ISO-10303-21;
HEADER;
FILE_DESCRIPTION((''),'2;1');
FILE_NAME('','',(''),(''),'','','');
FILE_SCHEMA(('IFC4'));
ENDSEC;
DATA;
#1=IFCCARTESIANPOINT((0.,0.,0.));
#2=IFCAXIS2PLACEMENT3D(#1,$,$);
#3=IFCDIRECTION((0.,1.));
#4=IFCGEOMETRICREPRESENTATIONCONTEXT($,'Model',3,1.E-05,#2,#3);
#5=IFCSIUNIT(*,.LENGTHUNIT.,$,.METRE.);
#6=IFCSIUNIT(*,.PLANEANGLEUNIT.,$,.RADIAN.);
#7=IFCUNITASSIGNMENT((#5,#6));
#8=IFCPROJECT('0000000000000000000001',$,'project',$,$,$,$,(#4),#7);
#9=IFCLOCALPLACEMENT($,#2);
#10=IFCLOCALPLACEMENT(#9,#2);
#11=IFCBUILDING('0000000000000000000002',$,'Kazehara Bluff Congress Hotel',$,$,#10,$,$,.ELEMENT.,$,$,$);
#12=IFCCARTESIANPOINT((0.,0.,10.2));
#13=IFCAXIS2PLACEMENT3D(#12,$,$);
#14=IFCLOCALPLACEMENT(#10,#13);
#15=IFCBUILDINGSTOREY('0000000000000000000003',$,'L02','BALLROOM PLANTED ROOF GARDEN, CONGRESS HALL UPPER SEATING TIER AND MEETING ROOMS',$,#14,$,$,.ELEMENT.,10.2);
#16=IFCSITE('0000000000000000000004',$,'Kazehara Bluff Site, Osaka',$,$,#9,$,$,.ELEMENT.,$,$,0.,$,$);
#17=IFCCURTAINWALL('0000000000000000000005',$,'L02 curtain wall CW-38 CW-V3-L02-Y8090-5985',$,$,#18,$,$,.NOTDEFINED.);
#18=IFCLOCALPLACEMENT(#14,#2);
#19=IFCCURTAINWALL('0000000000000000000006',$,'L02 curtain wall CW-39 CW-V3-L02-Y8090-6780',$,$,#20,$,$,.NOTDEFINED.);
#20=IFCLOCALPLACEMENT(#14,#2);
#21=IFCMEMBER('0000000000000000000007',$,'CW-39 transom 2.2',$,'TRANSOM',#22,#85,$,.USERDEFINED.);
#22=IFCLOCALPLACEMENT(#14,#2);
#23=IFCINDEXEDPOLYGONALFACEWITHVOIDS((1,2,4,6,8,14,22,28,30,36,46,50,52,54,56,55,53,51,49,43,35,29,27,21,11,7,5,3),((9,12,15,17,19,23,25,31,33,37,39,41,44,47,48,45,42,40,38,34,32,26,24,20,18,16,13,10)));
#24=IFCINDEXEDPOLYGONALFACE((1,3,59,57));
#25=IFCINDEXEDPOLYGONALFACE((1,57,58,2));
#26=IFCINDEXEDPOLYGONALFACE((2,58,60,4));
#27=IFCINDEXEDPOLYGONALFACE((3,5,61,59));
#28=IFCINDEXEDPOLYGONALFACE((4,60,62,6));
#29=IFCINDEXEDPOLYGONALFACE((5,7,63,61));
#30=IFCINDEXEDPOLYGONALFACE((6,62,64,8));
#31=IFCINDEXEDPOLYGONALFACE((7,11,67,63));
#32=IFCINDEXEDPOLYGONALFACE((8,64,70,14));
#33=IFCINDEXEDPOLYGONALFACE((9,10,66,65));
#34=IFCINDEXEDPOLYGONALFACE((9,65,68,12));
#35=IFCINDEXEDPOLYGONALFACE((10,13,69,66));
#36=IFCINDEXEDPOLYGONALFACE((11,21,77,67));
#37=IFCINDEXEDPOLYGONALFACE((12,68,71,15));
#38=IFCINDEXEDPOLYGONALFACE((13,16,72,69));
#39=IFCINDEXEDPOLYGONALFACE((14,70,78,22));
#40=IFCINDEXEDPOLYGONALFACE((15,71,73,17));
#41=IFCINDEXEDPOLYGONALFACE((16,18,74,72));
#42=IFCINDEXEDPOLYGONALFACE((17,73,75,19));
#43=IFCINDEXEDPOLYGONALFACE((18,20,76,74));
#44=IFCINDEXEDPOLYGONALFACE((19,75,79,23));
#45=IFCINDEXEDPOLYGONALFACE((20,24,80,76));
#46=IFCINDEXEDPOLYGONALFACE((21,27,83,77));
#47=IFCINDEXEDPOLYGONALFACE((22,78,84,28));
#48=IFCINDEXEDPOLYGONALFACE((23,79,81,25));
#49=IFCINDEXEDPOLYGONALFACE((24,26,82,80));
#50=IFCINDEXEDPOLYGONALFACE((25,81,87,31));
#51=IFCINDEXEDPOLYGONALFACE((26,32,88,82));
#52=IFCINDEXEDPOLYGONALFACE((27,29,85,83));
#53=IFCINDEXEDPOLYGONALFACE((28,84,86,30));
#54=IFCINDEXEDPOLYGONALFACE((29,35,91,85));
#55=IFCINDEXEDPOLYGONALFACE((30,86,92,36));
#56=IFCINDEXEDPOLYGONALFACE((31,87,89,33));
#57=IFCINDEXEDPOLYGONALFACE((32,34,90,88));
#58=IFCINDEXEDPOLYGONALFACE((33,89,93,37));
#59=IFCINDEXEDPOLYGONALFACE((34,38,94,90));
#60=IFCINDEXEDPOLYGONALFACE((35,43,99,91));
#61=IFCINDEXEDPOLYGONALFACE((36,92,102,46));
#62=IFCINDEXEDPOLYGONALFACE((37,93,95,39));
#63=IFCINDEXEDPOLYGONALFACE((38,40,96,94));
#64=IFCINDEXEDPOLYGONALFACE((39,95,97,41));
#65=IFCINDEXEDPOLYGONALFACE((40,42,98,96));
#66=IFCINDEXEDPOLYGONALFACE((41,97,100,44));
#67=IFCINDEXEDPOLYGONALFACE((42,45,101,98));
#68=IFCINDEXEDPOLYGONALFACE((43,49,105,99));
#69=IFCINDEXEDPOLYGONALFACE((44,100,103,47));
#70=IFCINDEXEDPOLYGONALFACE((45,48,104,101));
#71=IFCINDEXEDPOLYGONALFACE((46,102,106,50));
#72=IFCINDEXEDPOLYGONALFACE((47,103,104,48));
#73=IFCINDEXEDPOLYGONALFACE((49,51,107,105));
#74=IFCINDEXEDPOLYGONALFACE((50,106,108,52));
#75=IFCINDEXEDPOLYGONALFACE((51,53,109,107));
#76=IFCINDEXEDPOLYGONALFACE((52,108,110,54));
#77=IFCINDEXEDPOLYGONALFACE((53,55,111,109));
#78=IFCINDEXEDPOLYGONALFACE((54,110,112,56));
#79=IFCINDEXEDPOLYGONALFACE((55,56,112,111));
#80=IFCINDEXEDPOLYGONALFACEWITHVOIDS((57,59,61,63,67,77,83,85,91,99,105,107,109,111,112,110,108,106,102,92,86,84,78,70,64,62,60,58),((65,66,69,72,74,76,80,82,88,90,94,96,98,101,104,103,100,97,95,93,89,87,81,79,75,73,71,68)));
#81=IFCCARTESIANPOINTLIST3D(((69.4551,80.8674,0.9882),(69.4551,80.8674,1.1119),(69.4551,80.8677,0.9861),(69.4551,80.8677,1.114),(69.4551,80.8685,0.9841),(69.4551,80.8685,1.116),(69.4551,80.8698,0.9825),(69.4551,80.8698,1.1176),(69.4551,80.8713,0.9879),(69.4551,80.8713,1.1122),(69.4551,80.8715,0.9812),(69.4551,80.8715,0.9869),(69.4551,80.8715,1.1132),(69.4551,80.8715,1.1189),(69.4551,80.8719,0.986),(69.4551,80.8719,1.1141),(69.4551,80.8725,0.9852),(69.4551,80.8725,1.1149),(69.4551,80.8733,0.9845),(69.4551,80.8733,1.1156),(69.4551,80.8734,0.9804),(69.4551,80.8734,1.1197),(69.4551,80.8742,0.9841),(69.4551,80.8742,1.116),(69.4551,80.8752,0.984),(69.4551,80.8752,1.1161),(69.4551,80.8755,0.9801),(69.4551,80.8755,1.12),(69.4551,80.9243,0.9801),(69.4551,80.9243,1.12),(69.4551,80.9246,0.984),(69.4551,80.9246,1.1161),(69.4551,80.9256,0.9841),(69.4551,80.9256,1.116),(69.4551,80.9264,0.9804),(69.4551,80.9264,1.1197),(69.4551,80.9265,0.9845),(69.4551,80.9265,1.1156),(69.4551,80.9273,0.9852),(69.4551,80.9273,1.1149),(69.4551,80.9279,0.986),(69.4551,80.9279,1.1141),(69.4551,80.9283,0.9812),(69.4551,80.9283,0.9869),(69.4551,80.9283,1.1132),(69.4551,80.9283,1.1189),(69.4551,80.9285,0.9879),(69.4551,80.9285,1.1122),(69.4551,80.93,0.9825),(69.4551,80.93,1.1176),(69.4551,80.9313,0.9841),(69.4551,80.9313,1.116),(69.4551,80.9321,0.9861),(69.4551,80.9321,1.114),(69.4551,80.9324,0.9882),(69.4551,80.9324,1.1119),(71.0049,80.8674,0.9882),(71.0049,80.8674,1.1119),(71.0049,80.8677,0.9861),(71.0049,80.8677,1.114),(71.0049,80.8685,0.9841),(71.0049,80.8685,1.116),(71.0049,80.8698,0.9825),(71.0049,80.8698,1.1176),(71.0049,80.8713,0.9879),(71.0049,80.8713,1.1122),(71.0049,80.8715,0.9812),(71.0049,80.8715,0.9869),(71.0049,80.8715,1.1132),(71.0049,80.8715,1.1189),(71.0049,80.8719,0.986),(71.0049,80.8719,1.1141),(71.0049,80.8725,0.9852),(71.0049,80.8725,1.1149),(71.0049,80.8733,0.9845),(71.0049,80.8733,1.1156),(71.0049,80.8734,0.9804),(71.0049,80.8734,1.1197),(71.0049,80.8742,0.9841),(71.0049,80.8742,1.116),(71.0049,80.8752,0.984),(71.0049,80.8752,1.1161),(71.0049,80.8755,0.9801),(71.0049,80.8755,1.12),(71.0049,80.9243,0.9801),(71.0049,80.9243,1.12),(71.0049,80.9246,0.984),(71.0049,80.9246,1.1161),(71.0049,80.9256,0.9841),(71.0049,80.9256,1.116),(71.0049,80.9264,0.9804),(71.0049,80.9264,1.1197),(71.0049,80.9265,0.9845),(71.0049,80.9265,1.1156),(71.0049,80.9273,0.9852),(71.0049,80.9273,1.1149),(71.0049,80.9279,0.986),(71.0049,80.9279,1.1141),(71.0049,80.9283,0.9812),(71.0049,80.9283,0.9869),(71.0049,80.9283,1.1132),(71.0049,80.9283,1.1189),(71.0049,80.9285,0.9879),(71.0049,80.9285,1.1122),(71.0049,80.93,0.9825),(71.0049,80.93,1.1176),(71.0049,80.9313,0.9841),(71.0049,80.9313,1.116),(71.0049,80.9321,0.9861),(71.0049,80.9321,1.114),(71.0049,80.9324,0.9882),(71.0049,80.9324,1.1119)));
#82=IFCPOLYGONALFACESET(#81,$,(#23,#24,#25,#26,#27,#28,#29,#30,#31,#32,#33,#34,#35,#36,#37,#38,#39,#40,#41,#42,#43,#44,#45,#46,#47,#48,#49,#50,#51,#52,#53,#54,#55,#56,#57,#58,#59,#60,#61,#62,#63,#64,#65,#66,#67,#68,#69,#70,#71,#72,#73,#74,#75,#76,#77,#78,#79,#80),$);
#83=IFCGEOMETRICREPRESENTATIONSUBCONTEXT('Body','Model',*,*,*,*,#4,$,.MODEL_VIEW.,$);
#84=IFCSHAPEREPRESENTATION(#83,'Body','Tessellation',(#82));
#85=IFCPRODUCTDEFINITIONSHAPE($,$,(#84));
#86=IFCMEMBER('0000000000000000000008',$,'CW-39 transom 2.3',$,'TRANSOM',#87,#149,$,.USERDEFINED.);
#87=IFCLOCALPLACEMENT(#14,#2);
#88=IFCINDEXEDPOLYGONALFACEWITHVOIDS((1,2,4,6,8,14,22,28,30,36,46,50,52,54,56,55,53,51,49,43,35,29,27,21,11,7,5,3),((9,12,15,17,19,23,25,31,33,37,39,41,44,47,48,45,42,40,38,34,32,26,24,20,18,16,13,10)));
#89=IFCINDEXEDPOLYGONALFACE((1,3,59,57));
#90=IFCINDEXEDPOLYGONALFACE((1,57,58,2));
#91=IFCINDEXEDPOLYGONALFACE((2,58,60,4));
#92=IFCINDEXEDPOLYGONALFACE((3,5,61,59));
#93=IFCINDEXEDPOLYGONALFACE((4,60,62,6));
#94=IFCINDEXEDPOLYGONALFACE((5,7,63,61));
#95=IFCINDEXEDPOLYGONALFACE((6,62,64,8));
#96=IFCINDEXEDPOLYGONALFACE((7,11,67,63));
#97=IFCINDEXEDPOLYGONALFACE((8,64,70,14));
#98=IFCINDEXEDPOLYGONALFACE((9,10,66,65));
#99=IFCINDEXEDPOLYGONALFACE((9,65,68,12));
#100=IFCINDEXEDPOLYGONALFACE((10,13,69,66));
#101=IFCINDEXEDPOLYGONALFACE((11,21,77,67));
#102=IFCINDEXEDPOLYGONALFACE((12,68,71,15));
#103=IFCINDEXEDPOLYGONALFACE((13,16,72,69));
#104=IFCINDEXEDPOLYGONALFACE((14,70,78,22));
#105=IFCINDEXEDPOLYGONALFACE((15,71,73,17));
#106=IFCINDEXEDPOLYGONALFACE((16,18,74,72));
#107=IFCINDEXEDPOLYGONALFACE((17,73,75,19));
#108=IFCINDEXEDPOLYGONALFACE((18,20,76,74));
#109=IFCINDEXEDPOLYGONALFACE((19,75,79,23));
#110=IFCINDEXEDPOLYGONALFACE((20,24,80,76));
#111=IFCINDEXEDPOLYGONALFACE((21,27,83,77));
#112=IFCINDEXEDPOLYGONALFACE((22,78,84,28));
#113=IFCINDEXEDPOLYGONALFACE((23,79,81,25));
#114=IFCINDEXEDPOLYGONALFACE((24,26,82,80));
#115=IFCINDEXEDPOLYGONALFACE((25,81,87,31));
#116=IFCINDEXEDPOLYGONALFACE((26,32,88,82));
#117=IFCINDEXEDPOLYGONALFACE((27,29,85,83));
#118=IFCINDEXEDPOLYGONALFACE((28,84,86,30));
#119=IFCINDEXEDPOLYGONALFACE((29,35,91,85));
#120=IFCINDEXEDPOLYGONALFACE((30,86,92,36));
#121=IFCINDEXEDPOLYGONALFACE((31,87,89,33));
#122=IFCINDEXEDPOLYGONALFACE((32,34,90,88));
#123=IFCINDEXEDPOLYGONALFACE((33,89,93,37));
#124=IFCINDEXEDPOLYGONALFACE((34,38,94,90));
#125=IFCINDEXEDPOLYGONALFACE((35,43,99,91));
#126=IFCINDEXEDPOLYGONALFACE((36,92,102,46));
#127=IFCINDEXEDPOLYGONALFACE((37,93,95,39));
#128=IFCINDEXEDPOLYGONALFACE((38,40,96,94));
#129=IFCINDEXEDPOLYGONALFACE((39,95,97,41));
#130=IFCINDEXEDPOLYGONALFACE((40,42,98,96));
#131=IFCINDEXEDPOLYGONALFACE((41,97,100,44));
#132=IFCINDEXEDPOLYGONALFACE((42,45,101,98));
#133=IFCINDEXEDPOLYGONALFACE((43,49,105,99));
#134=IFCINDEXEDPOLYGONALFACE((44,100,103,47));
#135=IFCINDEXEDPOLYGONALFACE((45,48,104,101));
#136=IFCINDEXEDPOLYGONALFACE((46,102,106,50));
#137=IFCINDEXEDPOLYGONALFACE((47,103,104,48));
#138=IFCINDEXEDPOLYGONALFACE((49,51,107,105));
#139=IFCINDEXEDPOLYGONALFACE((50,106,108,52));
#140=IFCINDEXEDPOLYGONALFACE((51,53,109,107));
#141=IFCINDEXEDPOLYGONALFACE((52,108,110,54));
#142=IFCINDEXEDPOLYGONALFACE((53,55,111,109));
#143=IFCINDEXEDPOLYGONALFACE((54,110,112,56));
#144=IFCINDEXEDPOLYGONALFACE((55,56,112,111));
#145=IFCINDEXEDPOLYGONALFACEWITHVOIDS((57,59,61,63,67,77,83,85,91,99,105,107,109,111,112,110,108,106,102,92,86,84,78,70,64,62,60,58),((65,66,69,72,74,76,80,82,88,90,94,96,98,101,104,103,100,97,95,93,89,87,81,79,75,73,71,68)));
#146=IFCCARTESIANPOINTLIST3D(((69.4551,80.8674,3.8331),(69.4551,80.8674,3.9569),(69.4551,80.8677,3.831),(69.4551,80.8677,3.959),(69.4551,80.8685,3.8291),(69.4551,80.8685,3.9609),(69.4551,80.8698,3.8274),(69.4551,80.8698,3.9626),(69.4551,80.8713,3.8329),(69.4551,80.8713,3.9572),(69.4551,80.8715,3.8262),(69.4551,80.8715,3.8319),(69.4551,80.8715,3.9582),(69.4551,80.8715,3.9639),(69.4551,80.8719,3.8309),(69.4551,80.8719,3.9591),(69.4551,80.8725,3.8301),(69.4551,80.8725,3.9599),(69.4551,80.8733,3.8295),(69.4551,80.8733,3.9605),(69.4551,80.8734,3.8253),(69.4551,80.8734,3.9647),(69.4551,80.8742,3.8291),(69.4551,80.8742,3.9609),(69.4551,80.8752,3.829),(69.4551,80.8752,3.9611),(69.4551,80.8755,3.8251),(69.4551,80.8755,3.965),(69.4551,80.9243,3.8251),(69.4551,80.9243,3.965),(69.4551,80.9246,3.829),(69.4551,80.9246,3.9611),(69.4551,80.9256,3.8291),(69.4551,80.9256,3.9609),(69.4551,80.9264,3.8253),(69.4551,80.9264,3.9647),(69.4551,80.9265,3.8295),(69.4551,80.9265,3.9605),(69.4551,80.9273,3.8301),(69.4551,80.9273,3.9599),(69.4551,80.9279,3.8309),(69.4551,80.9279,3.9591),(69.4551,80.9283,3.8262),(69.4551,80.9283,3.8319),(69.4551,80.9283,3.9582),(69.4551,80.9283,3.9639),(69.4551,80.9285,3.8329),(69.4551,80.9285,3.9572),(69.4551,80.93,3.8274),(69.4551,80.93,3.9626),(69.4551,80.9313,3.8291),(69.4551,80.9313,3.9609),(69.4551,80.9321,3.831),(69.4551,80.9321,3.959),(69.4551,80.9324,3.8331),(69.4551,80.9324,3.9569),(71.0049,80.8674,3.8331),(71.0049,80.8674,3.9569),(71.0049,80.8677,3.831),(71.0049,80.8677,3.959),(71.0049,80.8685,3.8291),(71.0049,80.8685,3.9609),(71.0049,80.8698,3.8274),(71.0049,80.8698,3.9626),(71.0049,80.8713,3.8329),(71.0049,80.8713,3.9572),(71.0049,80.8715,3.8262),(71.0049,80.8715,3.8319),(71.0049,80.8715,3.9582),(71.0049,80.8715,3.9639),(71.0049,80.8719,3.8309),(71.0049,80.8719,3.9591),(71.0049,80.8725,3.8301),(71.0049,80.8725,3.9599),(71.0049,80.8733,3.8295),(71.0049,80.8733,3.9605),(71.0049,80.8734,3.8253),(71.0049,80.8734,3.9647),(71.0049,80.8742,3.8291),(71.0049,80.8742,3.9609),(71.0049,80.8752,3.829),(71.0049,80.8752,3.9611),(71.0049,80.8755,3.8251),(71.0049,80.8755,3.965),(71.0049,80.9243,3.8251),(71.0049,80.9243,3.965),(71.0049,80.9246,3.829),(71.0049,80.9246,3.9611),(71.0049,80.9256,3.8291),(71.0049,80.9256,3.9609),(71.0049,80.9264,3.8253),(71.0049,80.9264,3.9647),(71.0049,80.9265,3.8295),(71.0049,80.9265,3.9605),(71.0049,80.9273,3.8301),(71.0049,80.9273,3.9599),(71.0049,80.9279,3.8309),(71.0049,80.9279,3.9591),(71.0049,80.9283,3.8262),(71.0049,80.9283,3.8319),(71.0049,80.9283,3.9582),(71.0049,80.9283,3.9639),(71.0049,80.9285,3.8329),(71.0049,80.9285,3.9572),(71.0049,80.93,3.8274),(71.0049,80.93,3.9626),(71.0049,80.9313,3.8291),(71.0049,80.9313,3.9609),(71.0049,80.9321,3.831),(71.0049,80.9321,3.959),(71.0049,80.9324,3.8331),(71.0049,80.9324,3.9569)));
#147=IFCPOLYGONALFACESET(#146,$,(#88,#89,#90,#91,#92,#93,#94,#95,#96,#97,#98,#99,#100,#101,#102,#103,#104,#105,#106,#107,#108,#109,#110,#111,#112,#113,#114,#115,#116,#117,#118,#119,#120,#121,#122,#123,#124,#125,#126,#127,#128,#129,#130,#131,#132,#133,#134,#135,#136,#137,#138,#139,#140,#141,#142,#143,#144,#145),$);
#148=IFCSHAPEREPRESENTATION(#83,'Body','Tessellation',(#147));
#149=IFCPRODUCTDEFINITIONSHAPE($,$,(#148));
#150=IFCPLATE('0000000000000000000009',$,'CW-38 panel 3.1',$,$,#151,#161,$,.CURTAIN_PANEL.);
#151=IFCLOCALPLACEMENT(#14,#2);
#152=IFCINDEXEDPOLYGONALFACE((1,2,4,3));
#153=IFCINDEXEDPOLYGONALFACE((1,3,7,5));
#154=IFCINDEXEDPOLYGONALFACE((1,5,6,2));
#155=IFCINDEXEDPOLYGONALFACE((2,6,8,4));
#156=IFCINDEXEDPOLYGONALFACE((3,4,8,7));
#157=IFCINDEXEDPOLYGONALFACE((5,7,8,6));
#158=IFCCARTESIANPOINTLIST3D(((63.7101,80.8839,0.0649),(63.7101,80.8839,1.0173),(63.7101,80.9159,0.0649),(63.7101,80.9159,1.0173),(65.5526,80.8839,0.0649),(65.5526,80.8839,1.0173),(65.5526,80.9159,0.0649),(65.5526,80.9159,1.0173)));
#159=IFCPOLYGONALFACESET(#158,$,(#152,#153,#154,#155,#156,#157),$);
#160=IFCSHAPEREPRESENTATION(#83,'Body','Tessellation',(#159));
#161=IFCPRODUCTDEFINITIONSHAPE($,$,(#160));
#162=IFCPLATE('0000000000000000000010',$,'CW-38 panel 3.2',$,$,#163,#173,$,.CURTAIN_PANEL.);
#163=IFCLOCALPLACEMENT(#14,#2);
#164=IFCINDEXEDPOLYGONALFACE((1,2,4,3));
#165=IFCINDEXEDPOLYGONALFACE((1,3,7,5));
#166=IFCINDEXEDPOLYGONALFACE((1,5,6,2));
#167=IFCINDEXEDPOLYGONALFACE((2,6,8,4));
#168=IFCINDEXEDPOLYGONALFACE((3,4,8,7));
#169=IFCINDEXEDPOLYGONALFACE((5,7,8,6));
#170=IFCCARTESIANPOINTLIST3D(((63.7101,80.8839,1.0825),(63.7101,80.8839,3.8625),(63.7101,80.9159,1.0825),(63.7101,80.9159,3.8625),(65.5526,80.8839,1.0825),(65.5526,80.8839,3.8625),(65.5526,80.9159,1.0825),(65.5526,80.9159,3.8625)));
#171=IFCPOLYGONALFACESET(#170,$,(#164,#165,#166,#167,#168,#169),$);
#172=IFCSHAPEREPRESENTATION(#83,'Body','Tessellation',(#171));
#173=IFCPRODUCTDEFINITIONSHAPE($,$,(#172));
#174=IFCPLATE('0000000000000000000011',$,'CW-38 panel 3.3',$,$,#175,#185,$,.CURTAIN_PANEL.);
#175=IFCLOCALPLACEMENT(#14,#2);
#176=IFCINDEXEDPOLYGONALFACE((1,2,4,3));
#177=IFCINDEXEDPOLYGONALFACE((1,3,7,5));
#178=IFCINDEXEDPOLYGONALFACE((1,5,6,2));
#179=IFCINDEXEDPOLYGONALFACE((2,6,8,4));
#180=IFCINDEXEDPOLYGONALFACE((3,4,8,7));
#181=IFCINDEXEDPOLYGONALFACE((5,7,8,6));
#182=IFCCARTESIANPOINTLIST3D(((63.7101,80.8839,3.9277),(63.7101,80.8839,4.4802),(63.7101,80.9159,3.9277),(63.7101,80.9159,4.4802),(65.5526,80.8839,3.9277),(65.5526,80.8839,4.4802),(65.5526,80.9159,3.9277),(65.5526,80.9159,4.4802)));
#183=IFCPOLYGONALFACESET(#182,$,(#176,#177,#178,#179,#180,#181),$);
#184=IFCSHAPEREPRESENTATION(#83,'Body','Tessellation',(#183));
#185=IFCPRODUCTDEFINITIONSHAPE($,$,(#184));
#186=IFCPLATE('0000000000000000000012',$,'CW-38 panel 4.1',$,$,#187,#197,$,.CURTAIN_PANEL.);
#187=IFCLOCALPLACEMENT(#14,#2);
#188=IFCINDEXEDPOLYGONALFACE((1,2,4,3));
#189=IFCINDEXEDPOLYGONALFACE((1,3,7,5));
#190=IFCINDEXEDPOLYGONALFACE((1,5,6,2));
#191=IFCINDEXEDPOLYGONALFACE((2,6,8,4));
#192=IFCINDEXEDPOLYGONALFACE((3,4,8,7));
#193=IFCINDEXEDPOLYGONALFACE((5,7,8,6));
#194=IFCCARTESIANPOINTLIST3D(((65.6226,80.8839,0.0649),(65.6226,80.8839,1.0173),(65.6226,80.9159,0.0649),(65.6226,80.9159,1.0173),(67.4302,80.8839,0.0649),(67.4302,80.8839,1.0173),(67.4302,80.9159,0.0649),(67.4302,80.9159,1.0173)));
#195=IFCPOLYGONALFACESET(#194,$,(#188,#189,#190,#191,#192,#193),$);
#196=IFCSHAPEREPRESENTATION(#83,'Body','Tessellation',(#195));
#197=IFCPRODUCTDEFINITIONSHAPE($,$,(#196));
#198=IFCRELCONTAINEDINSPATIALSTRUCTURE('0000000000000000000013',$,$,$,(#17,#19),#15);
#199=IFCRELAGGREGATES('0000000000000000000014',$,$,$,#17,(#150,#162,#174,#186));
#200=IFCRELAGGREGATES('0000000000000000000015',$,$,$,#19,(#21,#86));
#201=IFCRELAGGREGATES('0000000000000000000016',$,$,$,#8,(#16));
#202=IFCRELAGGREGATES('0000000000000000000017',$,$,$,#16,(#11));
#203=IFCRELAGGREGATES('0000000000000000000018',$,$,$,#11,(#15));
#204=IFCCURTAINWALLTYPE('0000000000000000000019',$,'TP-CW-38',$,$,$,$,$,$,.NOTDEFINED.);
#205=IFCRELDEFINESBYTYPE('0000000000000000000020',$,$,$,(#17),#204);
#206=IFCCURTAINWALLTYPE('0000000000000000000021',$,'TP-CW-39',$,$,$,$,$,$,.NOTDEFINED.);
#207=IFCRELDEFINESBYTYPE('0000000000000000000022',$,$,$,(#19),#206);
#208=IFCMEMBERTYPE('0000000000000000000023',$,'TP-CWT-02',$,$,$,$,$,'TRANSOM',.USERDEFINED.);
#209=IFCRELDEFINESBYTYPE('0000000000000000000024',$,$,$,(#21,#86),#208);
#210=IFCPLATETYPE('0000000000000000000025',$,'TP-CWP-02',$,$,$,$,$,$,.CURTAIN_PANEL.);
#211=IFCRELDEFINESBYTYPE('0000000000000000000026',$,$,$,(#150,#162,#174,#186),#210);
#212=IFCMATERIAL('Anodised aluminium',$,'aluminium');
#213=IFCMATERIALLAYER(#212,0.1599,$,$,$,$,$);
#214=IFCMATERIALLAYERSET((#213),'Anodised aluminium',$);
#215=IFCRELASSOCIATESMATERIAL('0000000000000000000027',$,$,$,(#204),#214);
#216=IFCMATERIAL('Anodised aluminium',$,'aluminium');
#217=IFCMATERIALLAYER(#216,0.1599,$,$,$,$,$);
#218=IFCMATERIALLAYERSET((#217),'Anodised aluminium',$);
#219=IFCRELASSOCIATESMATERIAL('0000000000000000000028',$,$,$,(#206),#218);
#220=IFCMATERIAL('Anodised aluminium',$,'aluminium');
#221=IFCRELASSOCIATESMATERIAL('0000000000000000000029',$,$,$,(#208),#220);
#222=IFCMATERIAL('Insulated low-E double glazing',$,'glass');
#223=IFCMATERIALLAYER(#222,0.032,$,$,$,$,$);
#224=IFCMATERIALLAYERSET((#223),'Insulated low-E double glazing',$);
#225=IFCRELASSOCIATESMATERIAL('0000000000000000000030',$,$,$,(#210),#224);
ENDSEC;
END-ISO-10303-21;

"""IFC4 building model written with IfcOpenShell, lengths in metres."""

from ifc_helpers import new_model, si_unit, direction, frame, origin, origin_2d, place, context, subcontext, project, spatial, rectangle, hollow_rectangle, extrude, material, layer, layer_set, material_profile, profile_set, type_object, element, aggregate, save


model = new_model("IFC4")

# Units and contexts
model_context = context("Model", 3, precision=1e-05, world=origin(), true_north=direction((0.0, 1.0)))
body_context = subcontext(model_context, "Body", "Model", "MODEL_VIEW")
ifc_project = project(units=[si_unit("LENGTHUNIT", "METRE"), si_unit("PLANEANGLEUNIT", "RADIAN")], contexts=[model_context])

# Site, building, storey
site_placement = place(None, origin())
site = spatial("IfcSite", under=ifc_project, at=site_placement, Name="Kazehara Bluff Site, Osaka", CompositionType="ELEMENT", RefElevation=0.0)
building_placement = place(site_placement, origin())
building = spatial("IfcBuilding", under=site, at=building_placement, Name="Kazehara Bluff Congress Hotel", CompositionType="ELEMENT")
storey_placement = place(building_placement, frame((0.0, 0.0, 10.2)))
storey = spatial("IfcBuildingStorey", under=building, at=storey_placement, Name="L02", Description="BALLROOM PLANTED ROOF GARDEN, CONGRESS HALL UPPER SEATING TIER AND MEETING ROOMS", CompositionType="ELEMENT", Elevation=10.2)

# Curtain walls
ifc_material_1 = material(Name="Anodised aluminium", Category="aluminium")
ifc_layer_1 = layer(ifc_material_1, 0.1599)
ifc_layer_set_1 = layer_set([ifc_layer_1], Name="Anodised aluminium")
curtain_wall_type_1 = type_object("IfcCurtainWallType", Name="TP-CW-38", PredefinedType="NOTDEFINED", material=ifc_layer_set_1)
curtain_wall_1_placement = place(storey_placement, origin())
curtain_wall_1 = element("IfcCurtainWall", 1, at=curtain_wall_1_placement, inside=storey, type_object=curtain_wall_type_1, Name="L02 curtain wall CW-38 CW-V3-L02-Y8090-5985", PredefinedType="NOTDEFINED")
ifc_material_2 = material(Name="Anodised aluminium", Category="aluminium")
ifc_layer_2 = layer(ifc_material_2, 0.1599)
ifc_layer_set_2 = layer_set([ifc_layer_2], Name="Anodised aluminium")
curtain_wall_type_2 = type_object("IfcCurtainWallType", Name="TP-CW-39", PredefinedType="NOTDEFINED", material=ifc_layer_set_2)
curtain_wall_2_placement = place(storey_placement, origin())
curtain_wall_2 = element("IfcCurtainWall", 2, at=curtain_wall_2_placement, inside=storey, type_object=curtain_wall_type_2, Name="L02 curtain wall CW-39 CW-V3-L02-Y8090-6780", PredefinedType="NOTDEFINED")

# Members
ifc_material_3 = material(Name="Anodised aluminium", Category="aluminium")
ifc_material_profile_1 = material_profile(ifc_material_3, hollow_rectangle(XDim=0.0649, YDim=0.1399, WallThickness=0.0039, InnerFilletRadius=0.0039, OuterFilletRadius=0.0081, at=origin_2d()))
ifc_profile_set_1 = profile_set([ifc_material_profile_1], Name="Anodised aluminium")
member_type_1 = type_object("IfcMemberType", Name="TP-CWT-02", ElementType="TRANSOM", PredefinedType="USERDEFINED", material=ifc_profile_set_1)
member_1_placement = place(storey_placement, frame((69.4551, 80.8999, 1.05), z_axis=(1.0, 0.0, 0.0), x_axis=(0.0, 1.0, 0.0)))
member_1 = element("IfcMember", 3, at=member_1_placement, type_object=member_type_1, Name="CW-39 transom 2.2", ObjectType="TRANSOM", PredefinedType="USERDEFINED", context=body_context, shape_type="SweptSolid", body=[
    extrude(hollow_rectangle(XDim=0.0649, YDim=0.1399, WallThickness=0.0039, InnerFilletRadius=0.0039, OuterFilletRadius=0.0081, at=origin_2d()), origin(), (0.0, 0.0, 1.0), 1.5498),
])
member_2_placement = place(storey_placement, frame((69.4551, 80.8999, 3.895), z_axis=(1.0, 0.0, 0.0), x_axis=(0.0, 1.0, 0.0)))
member_2 = element("IfcMember", 4, at=member_2_placement, type_object=member_type_1, Name="CW-39 transom 2.3", ObjectType="TRANSOM", PredefinedType="USERDEFINED", context=body_context, shape_type="SweptSolid", body=[
    extrude(hollow_rectangle(XDim=0.0649, YDim=0.1399, WallThickness=0.0039, InnerFilletRadius=0.0039, OuterFilletRadius=0.0081, at=origin_2d()), origin(), (0.0, 0.0, 1.0), 1.5498),
])

# Plates
ifc_material_4 = material(Name="Insulated low-E double glazing", Category="glass")
ifc_layer_3 = layer(ifc_material_4, 0.032)
ifc_layer_set_3 = layer_set([ifc_layer_3], Name="Insulated low-E double glazing")
plate_type = type_object("IfcPlateType", Name="TP-CWP-02", PredefinedType="CURTAIN_PANEL", material=ifc_layer_set_3)
plate_1_placement = place(storey_placement, frame((64.6313, 80.8999, 0.0649), z_axis=(0.0, 0.0, 1.0), x_axis=(1.0, 0.0, 0.0)))
plate_1 = element("IfcPlate", 5, at=plate_1_placement, type_object=plate_type, Name="CW-38 panel 3.1", PredefinedType="CURTAIN_PANEL", context=body_context, shape_type="SweptSolid", body=[
    extrude(rectangle(XDim=1.8425, YDim=0.032, at=origin_2d()), origin(), (0.0, 0.0, 1.0), 0.9524),
])
plate_2_placement = place(storey_placement, frame((64.6313, 80.8999, 1.0825), z_axis=(0.0, 0.0, 1.0), x_axis=(1.0, 0.0, 0.0)))
plate_2 = element("IfcPlate", 6, at=plate_2_placement, type_object=plate_type, Name="CW-38 panel 3.2", PredefinedType="CURTAIN_PANEL", context=body_context, shape_type="SweptSolid", body=[
    extrude(rectangle(XDim=1.8425, YDim=0.032, at=origin_2d()), origin(), (0.0, 0.0, 1.0), 2.78),
])
plate_3_placement = place(storey_placement, frame((64.6313, 80.8999, 3.9277), z_axis=(0.0, 0.0, 1.0), x_axis=(1.0, 0.0, 0.0)))
plate_3 = element("IfcPlate", 7, at=plate_3_placement, type_object=plate_type, Name="CW-38 panel 3.3", PredefinedType="CURTAIN_PANEL", context=body_context, shape_type="SweptSolid", body=[
    extrude(rectangle(XDim=1.8425, YDim=0.032, at=origin_2d()), origin(), (0.0, 0.0, 1.0), 0.5525),
])
plate_4_placement = place(storey_placement, frame((66.5264, 80.8999, 0.0649), z_axis=(0.0, 0.0, 1.0), x_axis=(1.0, 0.0, 0.0)))
plate_4 = element("IfcPlate", 8, at=plate_4_placement, type_object=plate_type, Name="CW-38 panel 4.1", PredefinedType="CURTAIN_PANEL", context=body_context, shape_type="SweptSolid", body=[
    extrude(rectangle(XDim=1.8076, YDim=0.032, at=origin_2d()), origin(), (0.0, 0.0, 1.0), 0.9524),
])
aggregate(curtain_wall_1, [plate_1, plate_2, plate_3, plate_4])
aggregate(curtain_wall_2, [member_1, member_2])

save(model, "model.ifc")
